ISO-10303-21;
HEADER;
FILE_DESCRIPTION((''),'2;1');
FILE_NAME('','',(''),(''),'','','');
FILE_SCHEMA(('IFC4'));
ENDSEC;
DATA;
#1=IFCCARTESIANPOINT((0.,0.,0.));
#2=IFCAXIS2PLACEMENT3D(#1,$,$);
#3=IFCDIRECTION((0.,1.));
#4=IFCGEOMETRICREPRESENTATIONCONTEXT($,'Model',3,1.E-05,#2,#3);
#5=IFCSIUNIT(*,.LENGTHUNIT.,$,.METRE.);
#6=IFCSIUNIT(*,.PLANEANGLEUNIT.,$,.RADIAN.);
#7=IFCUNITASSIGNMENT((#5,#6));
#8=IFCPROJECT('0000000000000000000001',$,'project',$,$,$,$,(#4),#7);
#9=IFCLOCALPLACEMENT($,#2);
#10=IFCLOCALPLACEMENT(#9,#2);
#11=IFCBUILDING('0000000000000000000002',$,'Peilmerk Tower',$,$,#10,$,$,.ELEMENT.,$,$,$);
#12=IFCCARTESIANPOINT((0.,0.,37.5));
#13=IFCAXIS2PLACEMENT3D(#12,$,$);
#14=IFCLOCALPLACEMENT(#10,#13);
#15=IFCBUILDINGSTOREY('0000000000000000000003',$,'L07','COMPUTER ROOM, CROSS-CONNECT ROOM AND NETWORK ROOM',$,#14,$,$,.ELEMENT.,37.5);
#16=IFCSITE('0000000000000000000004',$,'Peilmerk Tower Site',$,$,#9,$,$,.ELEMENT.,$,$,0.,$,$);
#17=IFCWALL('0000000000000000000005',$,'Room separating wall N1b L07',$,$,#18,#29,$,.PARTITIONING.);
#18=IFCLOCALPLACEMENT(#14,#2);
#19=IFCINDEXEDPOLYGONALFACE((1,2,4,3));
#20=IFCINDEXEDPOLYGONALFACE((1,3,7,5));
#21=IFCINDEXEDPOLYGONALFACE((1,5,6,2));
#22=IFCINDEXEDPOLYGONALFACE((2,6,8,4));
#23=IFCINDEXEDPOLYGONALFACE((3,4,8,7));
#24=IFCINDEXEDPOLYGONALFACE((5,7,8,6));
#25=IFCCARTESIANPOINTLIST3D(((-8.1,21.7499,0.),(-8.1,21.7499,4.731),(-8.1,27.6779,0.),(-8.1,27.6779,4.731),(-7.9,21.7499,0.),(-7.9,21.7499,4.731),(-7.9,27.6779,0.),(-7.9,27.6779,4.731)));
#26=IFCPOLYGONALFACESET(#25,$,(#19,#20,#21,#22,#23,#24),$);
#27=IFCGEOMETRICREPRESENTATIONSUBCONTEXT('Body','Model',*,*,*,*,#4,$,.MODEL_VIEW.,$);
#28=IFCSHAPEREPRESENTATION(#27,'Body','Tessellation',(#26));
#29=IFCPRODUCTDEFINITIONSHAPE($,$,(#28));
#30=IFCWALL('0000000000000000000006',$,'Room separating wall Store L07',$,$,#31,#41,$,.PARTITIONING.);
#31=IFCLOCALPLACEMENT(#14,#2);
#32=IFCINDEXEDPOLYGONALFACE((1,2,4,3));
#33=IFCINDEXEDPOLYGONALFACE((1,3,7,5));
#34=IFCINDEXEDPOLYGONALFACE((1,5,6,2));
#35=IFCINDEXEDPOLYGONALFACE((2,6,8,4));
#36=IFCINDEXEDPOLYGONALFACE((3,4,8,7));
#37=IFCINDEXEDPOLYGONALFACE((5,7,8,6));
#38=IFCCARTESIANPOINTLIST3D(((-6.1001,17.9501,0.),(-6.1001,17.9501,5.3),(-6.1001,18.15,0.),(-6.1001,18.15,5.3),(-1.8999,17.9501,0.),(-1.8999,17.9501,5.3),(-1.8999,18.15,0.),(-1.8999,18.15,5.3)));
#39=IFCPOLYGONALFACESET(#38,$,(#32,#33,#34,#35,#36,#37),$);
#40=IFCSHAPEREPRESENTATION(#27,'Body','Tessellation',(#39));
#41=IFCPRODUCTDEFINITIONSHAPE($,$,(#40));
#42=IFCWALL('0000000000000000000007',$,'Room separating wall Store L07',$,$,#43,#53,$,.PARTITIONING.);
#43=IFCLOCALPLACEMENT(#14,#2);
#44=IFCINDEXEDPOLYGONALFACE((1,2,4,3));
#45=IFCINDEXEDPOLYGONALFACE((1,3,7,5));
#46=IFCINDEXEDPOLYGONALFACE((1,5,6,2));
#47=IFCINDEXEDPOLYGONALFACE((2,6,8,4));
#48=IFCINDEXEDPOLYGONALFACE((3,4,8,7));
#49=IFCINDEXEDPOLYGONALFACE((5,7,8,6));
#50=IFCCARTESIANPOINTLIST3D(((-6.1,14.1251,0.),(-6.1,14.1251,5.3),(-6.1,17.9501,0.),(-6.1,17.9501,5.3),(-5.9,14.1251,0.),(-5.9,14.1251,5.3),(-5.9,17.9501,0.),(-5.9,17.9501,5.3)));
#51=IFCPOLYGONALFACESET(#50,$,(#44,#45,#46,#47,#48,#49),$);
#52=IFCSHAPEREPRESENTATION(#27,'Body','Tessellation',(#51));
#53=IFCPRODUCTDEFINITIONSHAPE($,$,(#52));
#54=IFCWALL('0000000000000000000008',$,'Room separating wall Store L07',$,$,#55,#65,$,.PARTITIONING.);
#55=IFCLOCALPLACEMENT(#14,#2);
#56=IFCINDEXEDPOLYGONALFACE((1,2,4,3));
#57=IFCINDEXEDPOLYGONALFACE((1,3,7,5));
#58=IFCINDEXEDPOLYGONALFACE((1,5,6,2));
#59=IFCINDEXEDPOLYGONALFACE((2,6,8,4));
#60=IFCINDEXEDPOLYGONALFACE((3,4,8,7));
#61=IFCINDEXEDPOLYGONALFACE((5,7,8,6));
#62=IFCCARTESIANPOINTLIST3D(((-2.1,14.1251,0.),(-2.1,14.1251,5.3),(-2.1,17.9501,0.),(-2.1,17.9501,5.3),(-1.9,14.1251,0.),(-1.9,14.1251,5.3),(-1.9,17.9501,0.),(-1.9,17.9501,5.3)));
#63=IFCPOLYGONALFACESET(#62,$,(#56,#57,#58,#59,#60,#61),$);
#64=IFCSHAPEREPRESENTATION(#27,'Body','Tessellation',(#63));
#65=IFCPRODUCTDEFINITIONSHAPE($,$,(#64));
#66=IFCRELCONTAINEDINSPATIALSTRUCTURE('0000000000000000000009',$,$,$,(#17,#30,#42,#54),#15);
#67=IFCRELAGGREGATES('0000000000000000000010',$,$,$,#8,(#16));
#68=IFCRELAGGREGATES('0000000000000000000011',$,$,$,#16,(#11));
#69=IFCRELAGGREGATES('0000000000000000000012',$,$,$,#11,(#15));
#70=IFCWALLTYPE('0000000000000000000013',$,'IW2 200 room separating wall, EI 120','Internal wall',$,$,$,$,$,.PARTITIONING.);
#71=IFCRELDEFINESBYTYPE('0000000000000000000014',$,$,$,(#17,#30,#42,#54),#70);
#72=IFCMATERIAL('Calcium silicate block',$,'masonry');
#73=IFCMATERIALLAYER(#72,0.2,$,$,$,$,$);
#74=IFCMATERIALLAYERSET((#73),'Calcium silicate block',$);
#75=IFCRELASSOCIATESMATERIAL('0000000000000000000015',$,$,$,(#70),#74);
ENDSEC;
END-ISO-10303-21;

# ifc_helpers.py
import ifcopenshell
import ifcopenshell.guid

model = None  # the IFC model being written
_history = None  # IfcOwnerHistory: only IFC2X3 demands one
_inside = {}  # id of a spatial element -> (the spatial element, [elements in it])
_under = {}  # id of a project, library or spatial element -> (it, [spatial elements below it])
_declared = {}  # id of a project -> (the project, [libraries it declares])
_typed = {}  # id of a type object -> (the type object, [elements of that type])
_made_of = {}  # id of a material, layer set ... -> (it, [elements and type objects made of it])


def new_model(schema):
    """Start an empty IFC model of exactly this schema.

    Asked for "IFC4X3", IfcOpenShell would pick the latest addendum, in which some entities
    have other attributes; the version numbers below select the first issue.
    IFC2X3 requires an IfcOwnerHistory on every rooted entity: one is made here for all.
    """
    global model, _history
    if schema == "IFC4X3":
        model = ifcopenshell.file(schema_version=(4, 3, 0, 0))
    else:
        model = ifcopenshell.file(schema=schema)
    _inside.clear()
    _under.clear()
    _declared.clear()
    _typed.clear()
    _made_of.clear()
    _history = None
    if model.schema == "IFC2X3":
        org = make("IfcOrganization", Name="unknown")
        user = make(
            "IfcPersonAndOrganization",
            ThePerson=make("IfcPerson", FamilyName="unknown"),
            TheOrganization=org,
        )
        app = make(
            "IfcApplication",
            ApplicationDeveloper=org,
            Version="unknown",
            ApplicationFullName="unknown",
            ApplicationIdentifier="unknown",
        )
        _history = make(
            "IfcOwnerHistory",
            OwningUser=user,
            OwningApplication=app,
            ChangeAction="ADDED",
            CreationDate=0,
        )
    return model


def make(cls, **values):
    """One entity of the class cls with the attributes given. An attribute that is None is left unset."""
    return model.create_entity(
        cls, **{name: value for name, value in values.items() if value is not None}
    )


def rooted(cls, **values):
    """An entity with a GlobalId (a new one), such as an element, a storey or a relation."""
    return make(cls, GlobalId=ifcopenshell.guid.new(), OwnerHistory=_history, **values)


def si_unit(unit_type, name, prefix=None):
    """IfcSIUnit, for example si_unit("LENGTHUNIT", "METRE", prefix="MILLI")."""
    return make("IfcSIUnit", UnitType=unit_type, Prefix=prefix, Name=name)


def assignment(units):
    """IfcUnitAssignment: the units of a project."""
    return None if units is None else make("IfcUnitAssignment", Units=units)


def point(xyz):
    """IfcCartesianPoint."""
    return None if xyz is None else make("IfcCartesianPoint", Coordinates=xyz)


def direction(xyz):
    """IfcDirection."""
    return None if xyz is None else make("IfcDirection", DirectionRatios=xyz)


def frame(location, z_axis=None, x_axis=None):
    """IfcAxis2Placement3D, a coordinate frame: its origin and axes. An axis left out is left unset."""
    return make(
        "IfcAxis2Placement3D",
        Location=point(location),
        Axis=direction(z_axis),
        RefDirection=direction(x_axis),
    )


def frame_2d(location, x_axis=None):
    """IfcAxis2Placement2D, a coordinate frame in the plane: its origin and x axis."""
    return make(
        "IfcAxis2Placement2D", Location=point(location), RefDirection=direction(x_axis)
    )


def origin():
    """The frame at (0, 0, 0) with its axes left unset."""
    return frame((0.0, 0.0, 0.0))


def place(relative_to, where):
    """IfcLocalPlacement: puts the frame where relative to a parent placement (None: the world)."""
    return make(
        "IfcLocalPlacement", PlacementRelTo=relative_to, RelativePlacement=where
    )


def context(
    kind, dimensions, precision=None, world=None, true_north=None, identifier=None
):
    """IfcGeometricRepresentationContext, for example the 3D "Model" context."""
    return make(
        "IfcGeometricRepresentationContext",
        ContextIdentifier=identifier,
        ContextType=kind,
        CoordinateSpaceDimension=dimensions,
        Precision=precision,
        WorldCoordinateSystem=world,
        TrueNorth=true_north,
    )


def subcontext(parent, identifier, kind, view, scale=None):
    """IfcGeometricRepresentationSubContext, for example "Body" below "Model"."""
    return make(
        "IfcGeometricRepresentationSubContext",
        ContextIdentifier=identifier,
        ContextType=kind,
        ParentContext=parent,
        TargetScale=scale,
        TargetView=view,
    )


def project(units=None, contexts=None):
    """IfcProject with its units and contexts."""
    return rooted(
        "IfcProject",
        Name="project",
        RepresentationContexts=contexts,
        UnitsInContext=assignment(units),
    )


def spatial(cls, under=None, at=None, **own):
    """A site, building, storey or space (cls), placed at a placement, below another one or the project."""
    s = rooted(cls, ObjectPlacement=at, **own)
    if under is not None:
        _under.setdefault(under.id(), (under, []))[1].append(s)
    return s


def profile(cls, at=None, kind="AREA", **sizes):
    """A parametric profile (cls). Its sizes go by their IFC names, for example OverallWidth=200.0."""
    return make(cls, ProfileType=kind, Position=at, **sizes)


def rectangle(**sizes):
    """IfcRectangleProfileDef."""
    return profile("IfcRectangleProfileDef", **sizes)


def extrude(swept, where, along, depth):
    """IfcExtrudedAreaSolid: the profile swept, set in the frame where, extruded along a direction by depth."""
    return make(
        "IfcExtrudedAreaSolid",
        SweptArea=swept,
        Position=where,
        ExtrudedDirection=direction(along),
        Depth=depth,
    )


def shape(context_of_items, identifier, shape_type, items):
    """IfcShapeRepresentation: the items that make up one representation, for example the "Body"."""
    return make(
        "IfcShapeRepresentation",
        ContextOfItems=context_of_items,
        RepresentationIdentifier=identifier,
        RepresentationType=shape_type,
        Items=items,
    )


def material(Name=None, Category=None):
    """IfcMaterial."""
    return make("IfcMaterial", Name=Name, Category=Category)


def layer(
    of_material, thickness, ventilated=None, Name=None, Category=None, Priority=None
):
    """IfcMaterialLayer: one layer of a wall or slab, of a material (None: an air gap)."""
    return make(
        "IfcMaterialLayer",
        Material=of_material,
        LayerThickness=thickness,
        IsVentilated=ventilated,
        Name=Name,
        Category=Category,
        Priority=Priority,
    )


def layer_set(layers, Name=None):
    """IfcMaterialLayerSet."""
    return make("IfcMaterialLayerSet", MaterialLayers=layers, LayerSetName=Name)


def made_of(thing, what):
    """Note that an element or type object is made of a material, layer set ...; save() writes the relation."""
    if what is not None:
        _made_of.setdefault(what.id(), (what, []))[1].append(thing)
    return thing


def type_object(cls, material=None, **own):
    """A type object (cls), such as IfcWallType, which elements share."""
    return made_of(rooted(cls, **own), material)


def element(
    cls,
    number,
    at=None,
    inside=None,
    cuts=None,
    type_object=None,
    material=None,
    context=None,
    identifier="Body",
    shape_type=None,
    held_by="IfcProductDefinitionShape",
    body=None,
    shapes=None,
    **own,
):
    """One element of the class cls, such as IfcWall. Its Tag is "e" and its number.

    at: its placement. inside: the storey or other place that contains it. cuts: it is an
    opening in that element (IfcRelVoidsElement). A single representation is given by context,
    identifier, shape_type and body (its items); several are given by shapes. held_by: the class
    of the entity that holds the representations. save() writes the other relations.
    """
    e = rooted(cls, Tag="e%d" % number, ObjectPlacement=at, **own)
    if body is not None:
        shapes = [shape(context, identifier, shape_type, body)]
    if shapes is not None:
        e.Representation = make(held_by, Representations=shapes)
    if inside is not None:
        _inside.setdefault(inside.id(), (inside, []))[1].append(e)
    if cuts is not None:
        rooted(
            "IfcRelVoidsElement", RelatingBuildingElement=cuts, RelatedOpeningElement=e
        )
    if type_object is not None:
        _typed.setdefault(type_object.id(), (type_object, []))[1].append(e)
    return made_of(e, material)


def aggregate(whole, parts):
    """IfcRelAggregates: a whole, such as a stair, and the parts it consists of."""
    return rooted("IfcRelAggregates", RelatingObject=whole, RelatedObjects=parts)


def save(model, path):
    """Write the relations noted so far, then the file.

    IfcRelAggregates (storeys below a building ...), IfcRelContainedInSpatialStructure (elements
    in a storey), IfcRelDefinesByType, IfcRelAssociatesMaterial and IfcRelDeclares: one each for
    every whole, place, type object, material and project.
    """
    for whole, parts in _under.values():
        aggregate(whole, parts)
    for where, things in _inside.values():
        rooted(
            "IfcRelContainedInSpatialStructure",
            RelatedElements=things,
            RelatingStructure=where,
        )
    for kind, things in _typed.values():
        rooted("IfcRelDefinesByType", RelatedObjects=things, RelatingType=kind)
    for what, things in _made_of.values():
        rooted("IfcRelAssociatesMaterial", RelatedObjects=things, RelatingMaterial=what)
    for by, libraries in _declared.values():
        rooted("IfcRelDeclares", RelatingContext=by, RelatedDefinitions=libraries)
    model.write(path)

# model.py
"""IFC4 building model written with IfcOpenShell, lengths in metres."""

from ifc_helpers import new_model, si_unit, direction, frame, frame_2d, origin, place, context, subcontext, project, spatial, rectangle, extrude, material, layer, layer_set, type_object, element, save


model = new_model("IFC4")

# Units and contexts
model_context = context("Model", 3, precision=1e-05, world=origin(), true_north=direction((0.0, 1.0)))
body_context = subcontext(model_context, "Body", "Model", "MODEL_VIEW")
ifc_project = project(units=[si_unit("LENGTHUNIT", "METRE"), si_unit("PLANEANGLEUNIT", "RADIAN")], contexts=[model_context])

# Site, building, storey
site_placement = place(None, origin())
site = spatial("IfcSite", under=ifc_project, at=site_placement, Name="Peilmerk Tower Site", CompositionType="ELEMENT", RefElevation=0.0)
building_placement = place(site_placement, origin())
building = spatial("IfcBuilding", under=site, at=building_placement, Name="Peilmerk Tower", CompositionType="ELEMENT")
storey_placement = place(building_placement, frame((0.0, 0.0, 37.5)))
storey = spatial("IfcBuildingStorey", under=building, at=storey_placement, Name="L07", Description="COMPUTER ROOM, CROSS-CONNECT ROOM AND NETWORK ROOM", CompositionType="ELEMENT", Elevation=37.5)

# Walls
ifc_material_1 = material(Name="Calcium silicate block", Category="masonry")
ifc_layer = layer(ifc_material_1, 0.2)
ifc_layer_set = layer_set([ifc_layer], Name="Calcium silicate block")
wall_type = type_object("IfcWallType", Name="IW2 200 room separating wall, EI 120", Description="Internal wall", PredefinedType="PARTITIONING", material=ifc_layer_set)
wall_1_placement = place(storey_placement, frame((-8.0, 21.75, 0.0), z_axis=(0.0, 0.0, 1.0), x_axis=(0.0, 1.0, 0.0)))
element("IfcWall", 1, at=wall_1_placement, inside=storey, type_object=wall_type, Name="Room separating wall N1b L07", PredefinedType="PARTITIONING", context=body_context, shape_type="SweptSolid", body=[
    extrude(rectangle(XDim=5.928, YDim=0.2, at=frame_2d((2.9639, 0.0))), origin(), (0.0, 0.0, 1.0), 4.731),
])
wall_2_placement = place(storey_placement, frame((-6.1001, 18.05, 0.0), z_axis=(0.0, 0.0, 1.0), x_axis=(1.0, 0.0, 0.0)))
element("IfcWall", 2, at=wall_2_placement, inside=storey, type_object=wall_type, Name="Room separating wall Store L07", PredefinedType="PARTITIONING", context=body_context, shape_type="SweptSolid", body=[
    extrude(rectangle(XDim=4.2002, YDim=0.2, at=frame_2d((2.1001, 0.0))), origin(), (0.0, 0.0, 1.0), 5.3),
])
for number, where, z_axis, x_axis, name in (
    (3, (-6.0, 14.125, 0.0), (0.0, 0.0, 1.0), (0.0, 1.0, 0.0), "Room separating wall Store L07"),
    (4, (-2.0, 14.125, 0.0), (0.0, 0.0, 1.0), (0.0, 1.0, 0.0), "Room separating wall Store L07"),
):
    element("IfcWall", number, at=place(storey_placement, frame(where, z_axis=z_axis, x_axis=x_axis)), inside=storey, type_object=wall_type, Name=name, PredefinedType="PARTITIONING", context=body_context, shape_type="SweptSolid", body=[
        extrude(rectangle(XDim=3.825, YDim=0.2, at=frame_2d((1.9126, 0.0))), origin(), (0.0, 0.0, 1.0), 5.3),
    ])

save(model, "model.ifc")
